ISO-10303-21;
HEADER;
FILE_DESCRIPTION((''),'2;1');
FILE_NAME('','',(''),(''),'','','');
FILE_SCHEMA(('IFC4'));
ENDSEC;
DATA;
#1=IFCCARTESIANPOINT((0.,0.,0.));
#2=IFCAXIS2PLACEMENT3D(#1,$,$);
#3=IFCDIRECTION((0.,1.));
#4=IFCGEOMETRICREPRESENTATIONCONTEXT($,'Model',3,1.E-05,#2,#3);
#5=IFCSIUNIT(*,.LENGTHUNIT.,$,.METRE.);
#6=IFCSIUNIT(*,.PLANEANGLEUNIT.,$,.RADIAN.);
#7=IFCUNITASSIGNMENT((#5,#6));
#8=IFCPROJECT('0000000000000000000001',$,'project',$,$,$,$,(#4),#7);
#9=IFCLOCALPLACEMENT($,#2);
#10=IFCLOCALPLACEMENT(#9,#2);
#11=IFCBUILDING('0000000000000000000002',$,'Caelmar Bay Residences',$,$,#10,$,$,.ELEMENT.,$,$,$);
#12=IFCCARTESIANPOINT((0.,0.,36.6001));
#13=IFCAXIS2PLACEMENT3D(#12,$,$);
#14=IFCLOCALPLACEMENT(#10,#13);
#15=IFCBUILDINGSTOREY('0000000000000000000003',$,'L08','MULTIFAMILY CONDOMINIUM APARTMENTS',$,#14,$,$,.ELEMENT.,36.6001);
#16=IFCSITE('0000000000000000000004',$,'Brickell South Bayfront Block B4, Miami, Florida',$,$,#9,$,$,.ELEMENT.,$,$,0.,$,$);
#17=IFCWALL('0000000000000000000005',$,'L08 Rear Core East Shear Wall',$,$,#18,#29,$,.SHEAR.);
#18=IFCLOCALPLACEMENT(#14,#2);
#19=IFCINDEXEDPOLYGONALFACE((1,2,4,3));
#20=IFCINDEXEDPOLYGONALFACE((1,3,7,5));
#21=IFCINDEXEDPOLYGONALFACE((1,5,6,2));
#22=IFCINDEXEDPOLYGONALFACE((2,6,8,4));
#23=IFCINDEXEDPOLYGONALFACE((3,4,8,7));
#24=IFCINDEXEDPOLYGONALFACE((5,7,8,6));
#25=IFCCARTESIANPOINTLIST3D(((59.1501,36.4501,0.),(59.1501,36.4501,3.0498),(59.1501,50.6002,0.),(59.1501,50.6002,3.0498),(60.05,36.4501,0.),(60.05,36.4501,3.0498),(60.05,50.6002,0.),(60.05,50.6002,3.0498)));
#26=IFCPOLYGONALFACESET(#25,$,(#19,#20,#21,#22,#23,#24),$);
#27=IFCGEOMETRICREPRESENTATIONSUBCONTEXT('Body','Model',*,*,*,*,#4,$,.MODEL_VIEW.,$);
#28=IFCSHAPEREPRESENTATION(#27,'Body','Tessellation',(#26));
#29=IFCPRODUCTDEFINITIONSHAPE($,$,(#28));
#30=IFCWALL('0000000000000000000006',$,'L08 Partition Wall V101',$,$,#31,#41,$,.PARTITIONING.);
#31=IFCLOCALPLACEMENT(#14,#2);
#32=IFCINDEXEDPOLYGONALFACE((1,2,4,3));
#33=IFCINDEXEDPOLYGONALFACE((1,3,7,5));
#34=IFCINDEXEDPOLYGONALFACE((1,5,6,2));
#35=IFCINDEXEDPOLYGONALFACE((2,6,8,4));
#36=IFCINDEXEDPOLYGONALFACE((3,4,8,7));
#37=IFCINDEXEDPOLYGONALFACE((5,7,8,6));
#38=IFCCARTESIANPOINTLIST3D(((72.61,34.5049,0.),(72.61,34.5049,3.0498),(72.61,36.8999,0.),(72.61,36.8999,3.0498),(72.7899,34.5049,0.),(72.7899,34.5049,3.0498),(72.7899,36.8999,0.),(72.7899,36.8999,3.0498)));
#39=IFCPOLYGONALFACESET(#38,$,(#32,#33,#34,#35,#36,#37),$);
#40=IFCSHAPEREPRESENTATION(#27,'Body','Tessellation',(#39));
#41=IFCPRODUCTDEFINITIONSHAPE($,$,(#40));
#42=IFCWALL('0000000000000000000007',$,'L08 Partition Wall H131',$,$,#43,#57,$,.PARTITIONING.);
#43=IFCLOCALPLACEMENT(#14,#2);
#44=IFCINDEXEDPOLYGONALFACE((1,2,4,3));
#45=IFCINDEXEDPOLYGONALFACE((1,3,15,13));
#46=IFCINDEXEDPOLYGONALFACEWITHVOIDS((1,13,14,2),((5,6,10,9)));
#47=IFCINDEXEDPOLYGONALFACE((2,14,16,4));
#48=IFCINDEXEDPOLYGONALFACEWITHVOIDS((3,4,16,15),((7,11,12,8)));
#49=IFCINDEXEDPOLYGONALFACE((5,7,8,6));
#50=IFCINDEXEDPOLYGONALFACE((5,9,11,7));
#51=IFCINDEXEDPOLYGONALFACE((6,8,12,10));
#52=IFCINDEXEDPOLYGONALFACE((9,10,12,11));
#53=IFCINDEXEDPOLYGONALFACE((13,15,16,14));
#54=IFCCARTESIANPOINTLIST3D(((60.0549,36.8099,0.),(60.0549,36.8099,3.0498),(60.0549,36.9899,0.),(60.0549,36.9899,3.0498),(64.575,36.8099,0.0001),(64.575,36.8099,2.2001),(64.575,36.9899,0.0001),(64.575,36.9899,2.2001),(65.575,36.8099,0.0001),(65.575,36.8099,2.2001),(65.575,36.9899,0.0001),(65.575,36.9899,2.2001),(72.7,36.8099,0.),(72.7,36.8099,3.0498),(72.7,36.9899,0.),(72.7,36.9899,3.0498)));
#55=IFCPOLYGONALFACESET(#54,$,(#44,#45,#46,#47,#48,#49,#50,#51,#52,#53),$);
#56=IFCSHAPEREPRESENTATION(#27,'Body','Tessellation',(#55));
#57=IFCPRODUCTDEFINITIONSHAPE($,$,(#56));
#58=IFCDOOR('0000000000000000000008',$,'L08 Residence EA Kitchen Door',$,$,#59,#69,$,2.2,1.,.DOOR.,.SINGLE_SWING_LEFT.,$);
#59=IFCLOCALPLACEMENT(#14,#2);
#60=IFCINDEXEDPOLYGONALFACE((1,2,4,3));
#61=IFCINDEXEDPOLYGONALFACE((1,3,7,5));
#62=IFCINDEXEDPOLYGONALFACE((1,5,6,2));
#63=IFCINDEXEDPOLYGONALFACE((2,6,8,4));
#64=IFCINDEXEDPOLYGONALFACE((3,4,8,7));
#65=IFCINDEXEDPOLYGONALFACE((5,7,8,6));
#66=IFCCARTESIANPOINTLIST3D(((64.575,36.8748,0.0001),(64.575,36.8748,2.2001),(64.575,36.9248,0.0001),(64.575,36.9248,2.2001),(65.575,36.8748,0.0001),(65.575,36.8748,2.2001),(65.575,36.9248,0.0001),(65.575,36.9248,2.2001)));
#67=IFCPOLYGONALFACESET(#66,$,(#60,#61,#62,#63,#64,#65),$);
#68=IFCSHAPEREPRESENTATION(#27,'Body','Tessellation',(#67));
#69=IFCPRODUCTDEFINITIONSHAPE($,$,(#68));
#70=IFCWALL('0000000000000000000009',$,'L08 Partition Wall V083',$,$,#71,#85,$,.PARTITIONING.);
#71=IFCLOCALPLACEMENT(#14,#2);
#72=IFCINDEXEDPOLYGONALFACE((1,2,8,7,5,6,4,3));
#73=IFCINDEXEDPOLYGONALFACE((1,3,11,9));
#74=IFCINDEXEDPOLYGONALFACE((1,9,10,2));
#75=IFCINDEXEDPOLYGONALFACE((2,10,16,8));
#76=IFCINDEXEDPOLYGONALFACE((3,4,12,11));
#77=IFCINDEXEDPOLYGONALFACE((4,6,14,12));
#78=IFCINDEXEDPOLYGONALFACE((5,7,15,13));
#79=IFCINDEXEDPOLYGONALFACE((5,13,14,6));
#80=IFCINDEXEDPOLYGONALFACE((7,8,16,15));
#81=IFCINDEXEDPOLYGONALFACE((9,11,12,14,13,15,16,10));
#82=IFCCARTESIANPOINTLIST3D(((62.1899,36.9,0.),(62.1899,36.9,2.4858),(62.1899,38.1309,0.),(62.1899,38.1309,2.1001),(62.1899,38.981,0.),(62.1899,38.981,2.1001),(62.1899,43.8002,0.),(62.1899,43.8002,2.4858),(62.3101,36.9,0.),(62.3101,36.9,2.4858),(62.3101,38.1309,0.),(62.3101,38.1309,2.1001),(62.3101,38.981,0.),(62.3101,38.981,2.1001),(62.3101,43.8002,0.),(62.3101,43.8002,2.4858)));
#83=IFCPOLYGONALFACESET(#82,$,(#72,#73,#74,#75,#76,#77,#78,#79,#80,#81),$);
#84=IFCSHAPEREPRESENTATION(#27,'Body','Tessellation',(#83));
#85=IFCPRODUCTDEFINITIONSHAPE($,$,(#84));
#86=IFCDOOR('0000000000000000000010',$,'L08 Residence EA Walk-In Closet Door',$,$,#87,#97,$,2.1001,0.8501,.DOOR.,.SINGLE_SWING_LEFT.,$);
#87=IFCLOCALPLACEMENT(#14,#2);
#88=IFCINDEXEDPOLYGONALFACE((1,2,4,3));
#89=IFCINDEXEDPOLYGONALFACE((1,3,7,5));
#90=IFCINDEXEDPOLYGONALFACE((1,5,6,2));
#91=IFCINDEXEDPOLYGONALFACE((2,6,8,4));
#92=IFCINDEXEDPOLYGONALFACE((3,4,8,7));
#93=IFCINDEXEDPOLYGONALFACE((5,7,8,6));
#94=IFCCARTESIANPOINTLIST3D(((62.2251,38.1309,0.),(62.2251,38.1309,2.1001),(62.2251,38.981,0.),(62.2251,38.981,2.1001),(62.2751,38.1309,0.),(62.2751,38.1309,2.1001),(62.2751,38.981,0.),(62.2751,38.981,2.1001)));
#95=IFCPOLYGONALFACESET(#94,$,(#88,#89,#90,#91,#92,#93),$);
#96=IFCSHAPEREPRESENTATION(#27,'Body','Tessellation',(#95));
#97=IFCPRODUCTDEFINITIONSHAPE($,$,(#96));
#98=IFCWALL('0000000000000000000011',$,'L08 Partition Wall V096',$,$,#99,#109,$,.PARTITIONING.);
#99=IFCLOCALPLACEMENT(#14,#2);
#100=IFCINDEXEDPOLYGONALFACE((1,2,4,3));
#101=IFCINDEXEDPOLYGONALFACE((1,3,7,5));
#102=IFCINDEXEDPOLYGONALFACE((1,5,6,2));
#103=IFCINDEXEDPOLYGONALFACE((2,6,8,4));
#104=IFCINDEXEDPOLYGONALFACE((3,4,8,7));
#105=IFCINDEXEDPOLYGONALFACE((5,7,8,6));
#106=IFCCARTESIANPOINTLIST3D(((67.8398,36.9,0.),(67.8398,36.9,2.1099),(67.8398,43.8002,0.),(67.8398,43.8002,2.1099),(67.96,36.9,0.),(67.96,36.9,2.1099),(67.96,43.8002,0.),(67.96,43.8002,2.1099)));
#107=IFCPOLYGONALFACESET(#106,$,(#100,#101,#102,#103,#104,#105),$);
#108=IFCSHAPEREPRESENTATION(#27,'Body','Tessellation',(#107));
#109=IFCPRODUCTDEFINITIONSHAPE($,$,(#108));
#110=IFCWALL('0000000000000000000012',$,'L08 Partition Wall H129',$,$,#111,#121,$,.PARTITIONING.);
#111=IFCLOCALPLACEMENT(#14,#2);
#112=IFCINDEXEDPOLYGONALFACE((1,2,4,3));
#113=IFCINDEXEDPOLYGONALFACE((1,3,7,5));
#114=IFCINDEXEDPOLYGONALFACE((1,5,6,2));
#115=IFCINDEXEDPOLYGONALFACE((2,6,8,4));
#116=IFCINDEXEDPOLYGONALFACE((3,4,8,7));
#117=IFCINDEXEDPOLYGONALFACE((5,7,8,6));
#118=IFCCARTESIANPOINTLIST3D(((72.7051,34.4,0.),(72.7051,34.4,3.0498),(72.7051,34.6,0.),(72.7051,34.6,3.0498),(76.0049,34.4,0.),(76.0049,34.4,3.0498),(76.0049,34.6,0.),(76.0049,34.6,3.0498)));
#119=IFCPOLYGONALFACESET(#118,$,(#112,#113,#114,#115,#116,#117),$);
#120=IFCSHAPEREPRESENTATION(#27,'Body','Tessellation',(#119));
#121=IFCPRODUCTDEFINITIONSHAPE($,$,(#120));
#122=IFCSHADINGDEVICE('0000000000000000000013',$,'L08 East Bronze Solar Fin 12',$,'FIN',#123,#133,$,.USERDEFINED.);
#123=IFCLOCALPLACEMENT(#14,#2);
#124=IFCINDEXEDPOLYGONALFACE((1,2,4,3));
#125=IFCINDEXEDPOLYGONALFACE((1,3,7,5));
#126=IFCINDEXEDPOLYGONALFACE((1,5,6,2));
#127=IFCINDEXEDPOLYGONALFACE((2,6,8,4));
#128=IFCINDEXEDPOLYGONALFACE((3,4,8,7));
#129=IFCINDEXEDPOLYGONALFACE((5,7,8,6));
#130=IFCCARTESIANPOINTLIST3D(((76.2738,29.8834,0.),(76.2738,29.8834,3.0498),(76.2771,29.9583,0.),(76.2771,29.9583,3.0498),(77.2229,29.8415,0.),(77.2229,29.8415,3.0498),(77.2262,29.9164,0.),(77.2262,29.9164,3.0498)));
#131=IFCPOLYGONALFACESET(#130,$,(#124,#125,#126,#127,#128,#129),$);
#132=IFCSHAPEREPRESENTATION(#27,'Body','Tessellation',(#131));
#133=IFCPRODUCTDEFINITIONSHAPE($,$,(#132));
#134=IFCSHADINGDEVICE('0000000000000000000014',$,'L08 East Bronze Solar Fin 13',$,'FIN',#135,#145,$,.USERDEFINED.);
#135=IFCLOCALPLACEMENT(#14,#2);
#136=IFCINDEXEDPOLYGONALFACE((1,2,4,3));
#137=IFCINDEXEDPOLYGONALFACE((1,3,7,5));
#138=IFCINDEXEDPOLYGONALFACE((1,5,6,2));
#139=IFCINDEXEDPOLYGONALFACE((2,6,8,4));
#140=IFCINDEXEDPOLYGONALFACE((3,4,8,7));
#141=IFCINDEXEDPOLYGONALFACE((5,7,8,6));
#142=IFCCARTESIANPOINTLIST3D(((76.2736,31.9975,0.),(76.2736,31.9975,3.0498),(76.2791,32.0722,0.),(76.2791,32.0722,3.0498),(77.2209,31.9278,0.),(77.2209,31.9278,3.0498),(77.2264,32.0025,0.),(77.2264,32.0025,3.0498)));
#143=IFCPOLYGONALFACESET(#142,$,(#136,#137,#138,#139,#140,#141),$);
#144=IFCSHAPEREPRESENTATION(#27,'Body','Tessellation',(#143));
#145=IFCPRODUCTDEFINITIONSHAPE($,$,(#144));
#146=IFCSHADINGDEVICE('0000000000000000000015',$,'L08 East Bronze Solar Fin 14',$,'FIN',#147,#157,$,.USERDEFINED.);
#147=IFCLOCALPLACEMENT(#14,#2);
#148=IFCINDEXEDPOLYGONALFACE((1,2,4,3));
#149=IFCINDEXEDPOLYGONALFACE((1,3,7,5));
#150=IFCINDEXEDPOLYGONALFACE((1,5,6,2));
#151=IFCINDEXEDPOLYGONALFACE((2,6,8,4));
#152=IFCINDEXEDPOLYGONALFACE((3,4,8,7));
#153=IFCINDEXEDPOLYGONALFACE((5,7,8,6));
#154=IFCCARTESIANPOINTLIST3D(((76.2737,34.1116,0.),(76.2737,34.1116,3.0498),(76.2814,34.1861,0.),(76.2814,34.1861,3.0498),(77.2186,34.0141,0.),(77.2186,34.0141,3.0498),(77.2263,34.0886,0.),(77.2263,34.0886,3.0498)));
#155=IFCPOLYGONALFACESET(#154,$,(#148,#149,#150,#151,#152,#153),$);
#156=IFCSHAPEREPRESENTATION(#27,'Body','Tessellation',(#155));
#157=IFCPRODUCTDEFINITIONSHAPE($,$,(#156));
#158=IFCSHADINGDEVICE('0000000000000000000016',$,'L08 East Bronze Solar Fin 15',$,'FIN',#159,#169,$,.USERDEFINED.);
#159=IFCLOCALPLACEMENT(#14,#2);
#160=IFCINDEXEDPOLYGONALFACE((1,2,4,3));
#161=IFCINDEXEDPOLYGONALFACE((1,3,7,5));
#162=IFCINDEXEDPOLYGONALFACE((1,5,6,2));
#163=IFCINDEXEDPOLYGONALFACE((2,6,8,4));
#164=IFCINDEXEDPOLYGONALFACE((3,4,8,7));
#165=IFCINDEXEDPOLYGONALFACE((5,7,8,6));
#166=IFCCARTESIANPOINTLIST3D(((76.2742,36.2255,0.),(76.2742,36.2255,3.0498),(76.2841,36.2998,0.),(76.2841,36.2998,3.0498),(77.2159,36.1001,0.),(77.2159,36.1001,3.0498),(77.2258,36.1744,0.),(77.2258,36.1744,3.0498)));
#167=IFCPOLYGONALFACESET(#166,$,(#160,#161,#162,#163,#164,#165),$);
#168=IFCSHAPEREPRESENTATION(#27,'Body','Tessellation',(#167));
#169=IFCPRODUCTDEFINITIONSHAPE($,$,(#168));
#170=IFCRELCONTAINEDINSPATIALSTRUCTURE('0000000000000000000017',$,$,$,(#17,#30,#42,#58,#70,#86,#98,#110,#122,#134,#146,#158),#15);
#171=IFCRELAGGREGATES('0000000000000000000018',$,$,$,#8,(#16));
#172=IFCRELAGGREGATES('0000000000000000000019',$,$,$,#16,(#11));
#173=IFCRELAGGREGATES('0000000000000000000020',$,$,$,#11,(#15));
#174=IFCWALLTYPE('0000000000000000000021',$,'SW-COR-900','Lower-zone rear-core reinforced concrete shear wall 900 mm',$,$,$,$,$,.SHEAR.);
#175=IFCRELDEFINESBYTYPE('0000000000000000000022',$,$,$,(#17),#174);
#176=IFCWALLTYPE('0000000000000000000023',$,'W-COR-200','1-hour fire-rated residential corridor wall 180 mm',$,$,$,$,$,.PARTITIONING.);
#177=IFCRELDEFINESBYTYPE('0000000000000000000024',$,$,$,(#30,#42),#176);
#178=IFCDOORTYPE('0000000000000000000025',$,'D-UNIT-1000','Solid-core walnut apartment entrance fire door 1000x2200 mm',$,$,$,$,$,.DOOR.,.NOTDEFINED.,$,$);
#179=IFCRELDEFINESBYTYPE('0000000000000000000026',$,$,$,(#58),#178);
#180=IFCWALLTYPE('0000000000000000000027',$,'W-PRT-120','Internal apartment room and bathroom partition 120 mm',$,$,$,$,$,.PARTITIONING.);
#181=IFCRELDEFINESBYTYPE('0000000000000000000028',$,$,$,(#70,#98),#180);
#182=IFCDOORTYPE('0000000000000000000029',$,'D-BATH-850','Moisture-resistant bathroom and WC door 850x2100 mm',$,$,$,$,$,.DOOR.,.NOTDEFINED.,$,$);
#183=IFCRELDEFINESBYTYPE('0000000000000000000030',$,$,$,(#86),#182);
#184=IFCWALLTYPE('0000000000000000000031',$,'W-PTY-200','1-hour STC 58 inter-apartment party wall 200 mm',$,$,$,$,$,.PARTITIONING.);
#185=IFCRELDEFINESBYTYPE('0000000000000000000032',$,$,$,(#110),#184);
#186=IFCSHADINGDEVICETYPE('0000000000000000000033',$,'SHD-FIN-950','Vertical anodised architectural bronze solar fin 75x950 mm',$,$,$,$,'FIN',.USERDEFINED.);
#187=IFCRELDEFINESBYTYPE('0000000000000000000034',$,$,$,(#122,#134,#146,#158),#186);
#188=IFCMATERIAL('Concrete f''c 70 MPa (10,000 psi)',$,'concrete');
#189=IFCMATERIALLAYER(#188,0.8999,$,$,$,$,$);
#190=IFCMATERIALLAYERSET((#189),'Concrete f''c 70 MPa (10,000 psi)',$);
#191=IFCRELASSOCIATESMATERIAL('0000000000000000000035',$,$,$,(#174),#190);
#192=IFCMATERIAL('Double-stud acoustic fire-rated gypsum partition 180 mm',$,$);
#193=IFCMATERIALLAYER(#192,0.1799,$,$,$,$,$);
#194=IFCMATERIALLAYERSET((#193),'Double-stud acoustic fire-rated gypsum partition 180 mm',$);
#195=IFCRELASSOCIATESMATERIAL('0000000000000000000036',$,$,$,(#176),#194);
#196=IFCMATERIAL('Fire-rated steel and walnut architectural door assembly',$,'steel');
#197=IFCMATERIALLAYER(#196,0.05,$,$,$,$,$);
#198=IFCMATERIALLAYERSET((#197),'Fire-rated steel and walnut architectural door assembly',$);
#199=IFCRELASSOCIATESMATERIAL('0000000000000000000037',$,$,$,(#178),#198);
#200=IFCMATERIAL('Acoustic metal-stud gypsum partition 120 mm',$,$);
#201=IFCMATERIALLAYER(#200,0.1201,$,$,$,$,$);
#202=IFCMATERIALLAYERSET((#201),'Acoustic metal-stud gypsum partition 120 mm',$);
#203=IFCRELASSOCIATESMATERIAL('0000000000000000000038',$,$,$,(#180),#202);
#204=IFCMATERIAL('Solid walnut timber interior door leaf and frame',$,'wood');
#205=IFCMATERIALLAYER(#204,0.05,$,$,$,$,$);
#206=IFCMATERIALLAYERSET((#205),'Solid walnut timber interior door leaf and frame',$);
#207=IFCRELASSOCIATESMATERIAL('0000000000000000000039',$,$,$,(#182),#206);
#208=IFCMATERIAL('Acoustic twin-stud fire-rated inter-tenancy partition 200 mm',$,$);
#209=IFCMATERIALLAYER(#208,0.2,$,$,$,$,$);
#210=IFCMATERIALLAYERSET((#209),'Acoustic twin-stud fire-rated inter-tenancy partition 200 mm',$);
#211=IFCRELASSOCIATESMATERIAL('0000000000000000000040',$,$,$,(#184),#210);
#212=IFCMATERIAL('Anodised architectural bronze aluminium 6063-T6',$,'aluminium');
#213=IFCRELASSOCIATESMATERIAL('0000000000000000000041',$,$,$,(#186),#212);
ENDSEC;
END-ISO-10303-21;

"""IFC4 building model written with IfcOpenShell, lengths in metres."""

from ifc_helpers import new_model, si_unit, direction, frame, frame_2d, origin, origin_2d, place, context, subcontext, project, spatial, rectangle, extrude, material, layer, layer_set, material_profile, profile_set, type_object, element, fill, save


model = new_model("IFC4")

# Units and contexts
model_context = context("Model", 3, precision=1e-05, world=origin(), true_north=direction((0.0, 1.0)))
body_context = subcontext(model_context, "Body", "Model", "MODEL_VIEW")
ifc_project = project(units=[si_unit("LENGTHUNIT", "METRE"), si_unit("PLANEANGLEUNIT", "RADIAN")], contexts=[model_context])

# Site, building, storey
site_placement = place(None, origin())
site = spatial("IfcSite", under=ifc_project, at=site_placement, Name="Brickell South Bayfront Block B4, Miami, Florida", CompositionType="ELEMENT", RefElevation=0.0)
building_placement = place(site_placement, origin())
building = spatial("IfcBuilding", under=site, at=building_placement, Name="Caelmar Bay Residences", CompositionType="ELEMENT")
storey_placement = place(building_placement, frame((0.0, 0.0, 36.6001)))
storey = spatial("IfcBuildingStorey", under=building, at=storey_placement, Name="L08", Description="MULTIFAMILY CONDOMINIUM APARTMENTS", CompositionType="ELEMENT", Elevation=36.6001)

# Walls
ifc_material_1 = material(Name="Concrete f'c 70 MPa (10,000 psi)", Category="concrete")
ifc_layer_1 = layer(ifc_material_1, 0.8999)
ifc_layer_set_1 = layer_set([ifc_layer_1], Name="Concrete f'c 70 MPa (10,000 psi)")
wall_type_1 = type_object("IfcWallType", Name="SW-COR-900", Description="Lower-zone rear-core reinforced concrete shear wall 900 mm", PredefinedType="SHEAR", material=ifc_layer_set_1)
wall_1_placement = place(storey_placement, frame((59.6001, 36.45, 0.0), z_axis=(0.0, 0.0, 1.0), x_axis=(0.0, 1.0, 0.0)))
element("IfcWall", 1, at=wall_1_placement, inside=storey, type_object=wall_type_1, Name="L08 Rear Core East Shear Wall", PredefinedType="SHEAR", context=body_context, shape_type="SweptSolid", body=[
    extrude(rectangle(XDim=14.1501, YDim=0.8999, at=frame_2d((7.0752, 0.0))), origin(), (0.0, 0.0, 1.0), 3.0498),
])
ifc_material_2 = material(Name="Double-stud acoustic fire-rated gypsum partition 180 mm")
ifc_layer_2 = layer(ifc_material_2, 0.1799)
ifc_layer_set_2 = layer_set([ifc_layer_2], Name="Double-stud acoustic fire-rated gypsum partition 180 mm")
wall_type_2 = type_object("IfcWallType", Name="W-COR-200", Description="1-hour fire-rated residential corridor wall 180 mm", PredefinedType="PARTITIONING", material=ifc_layer_set_2)
wall_2_placement = place(storey_placement, frame((72.7, 34.5049, 0.0), z_axis=(0.0, 0.0, 1.0), x_axis=(0.0, 1.0, 0.0)))
element("IfcWall", 2, at=wall_2_placement, inside=storey, type_object=wall_type_2, Name="L08 Partition Wall V101", PredefinedType="PARTITIONING", context=body_context, shape_type="SweptSolid", body=[
    extrude(rectangle(XDim=2.395, YDim=0.1799, at=frame_2d((1.1975, 0.0))), origin(), (0.0, 0.0, 1.0), 3.0498),
])

# Walls, openings, doors
wall_3_placement = place(storey_placement, frame((60.0549, 36.8999, 0.0), z_axis=(0.0, 0.0, 1.0), x_axis=(1.0, 0.0, 0.0)))
wall_3 = element("IfcWall", 3, at=wall_3_placement, inside=storey, type_object=wall_type_2, Name="L08 Partition Wall H131", PredefinedType="PARTITIONING", context=body_context, shape_type="SweptSolid", body=[
    extrude(rectangle(XDim=12.645, YDim=0.1799, at=frame_2d((6.3225, 0.0))), origin(), (0.0, 0.0, 1.0), 3.0498),
])
opening_1_placement = place(wall_3_placement, frame((4.52, 0.0, 0.0)))
opening_1 = element("IfcOpeningElement", 4, at=opening_1_placement, cuts=wall_3, PredefinedType="OPENING", context=body_context, shape_type="SweptSolid", body=[
    extrude(rectangle(XDim=1.0, YDim=2.2, at=frame_2d((0.5, 1.1001))), frame((0.0, 0.0999, 0.0), z_axis=(0.0, -1.0, 0.0), x_axis=(1.0, 0.0, 0.0)), (0.0, 0.0, 1.0), 0.2),
])
ifc_material_3 = material(Name="Fire-rated steel and walnut architectural door assembly", Category="steel")
ifc_layer_3 = layer(ifc_material_3, 0.05)
ifc_layer_set_3 = layer_set([ifc_layer_3], Name="Fire-rated steel and walnut architectural door assembly")
door_type_1 = type_object("IfcDoorType", Name="D-UNIT-1000", Description="Solid-core walnut apartment entrance fire door 1000x2200 mm", OperationType="NOTDEFINED", PredefinedType="DOOR", material=ifc_layer_set_3)
door_1_placement = place(opening_1_placement, origin())
door_1 = element("IfcDoor", 5, at=door_1_placement, inside=storey, type_object=door_type_1, Name="L08 Residence EA Kitchen Door", OperationType="SINGLE_SWING_LEFT", OverallHeight=2.2, OverallWidth=1.0, PredefinedType="DOOR", context=body_context, shape_type="SweptSolid", body=[
    extrude(rectangle(XDim=1.0, YDim=2.2, at=frame_2d((0.5, 1.1001))), frame((0.0, 0.0249, 0.0), z_axis=(0.0, -1.0, 0.0), x_axis=(1.0, 0.0, 0.0)), (0.0, 0.0, 1.0), 0.05),
])
fill(opening_1, door_1)
ifc_material_4 = material(Name="Acoustic metal-stud gypsum partition 120 mm")
ifc_layer_4 = layer(ifc_material_4, 0.1201)
ifc_layer_set_4 = layer_set([ifc_layer_4], Name="Acoustic metal-stud gypsum partition 120 mm")
wall_type_3 = type_object("IfcWallType", Name="W-PRT-120", Description="Internal apartment room and bathroom partition 120 mm", PredefinedType="PARTITIONING", material=ifc_layer_set_4)
wall_4_placement = place(storey_placement, frame((62.25, 36.8999, 0.0), z_axis=(0.0, 0.0, 1.0), x_axis=(0.0, 1.0, 0.0)))
wall_4 = element("IfcWall", 6, at=wall_4_placement, inside=storey, type_object=wall_type_3, Name="L08 Partition Wall V083", PredefinedType="PARTITIONING", context=body_context, shape_type="SweptSolid", body=[
    extrude(rectangle(XDim=6.9001, YDim=0.1201, at=frame_2d((3.4502, 0.0))), origin(), (0.0, 0.0, 1.0), 2.4858),
])
opening_2_placement = place(wall_4_placement, frame((1.231, 0.0, 0.0)))
opening_2 = element("IfcOpeningElement", 7, at=opening_2_placement, cuts=wall_4, PredefinedType="OPENING", context=body_context, shape_type="SweptSolid", body=[
    extrude(rectangle(XDim=0.8501, YDim=2.1001, at=frame_2d((0.425, 1.05))), frame((0.0, 0.0701, 0.0), z_axis=(0.0, -1.0, 0.0), x_axis=(1.0, 0.0, 0.0)), (0.0, 0.0, 1.0), 0.1401),
])
ifc_material_5 = material(Name="Solid walnut timber interior door leaf and frame", Category="wood")
ifc_layer_5 = layer(ifc_material_5, 0.05)
ifc_layer_set_5 = layer_set([ifc_layer_5], Name="Solid walnut timber interior door leaf and frame")
door_type_2 = type_object("IfcDoorType", Name="D-BATH-850", Description="Moisture-resistant bathroom and WC door 850x2100 mm", OperationType="NOTDEFINED", PredefinedType="DOOR", material=ifc_layer_set_5)
door_2_placement = place(opening_2_placement, origin())
door_2 = element("IfcDoor", 8, at=door_2_placement, inside=storey, type_object=door_type_2, Name="L08 Residence EA Walk-In Closet Door", OperationType="SINGLE_SWING_LEFT", OverallHeight=2.1001, OverallWidth=0.8501, PredefinedType="DOOR", context=body_context, shape_type="SweptSolid", body=[
    extrude(rectangle(XDim=0.8501, YDim=2.1001, at=frame_2d((0.425, 1.05))), frame((0.0, 0.0249, 0.0), z_axis=(0.0, -1.0, 0.0), x_axis=(1.0, 0.0, 0.0)), (0.0, 0.0, 1.0), 0.05),
])
fill(opening_2, door_2)

# Walls
wall_5_placement = place(storey_placement, frame((67.8999, 36.8999, 0.0), z_axis=(0.0, 0.0, 1.0), x_axis=(0.0, 1.0, 0.0)))
element("IfcWall", 9, at=wall_5_placement, inside=storey, type_object=wall_type_3, Name="L08 Partition Wall V096", PredefinedType="PARTITIONING", context=body_context, shape_type="SweptSolid", body=[
    extrude(rectangle(XDim=6.9001, YDim=0.1201, at=frame_2d((3.4502, 0.0))), origin(), (0.0, 0.0, 1.0), 2.1099),
])
ifc_material_6 = material(Name="Acoustic twin-stud fire-rated inter-tenancy partition 200 mm")
ifc_layer_6 = layer(ifc_material_6, 0.2)
ifc_layer_set_6 = layer_set([ifc_layer_6], Name="Acoustic twin-stud fire-rated inter-tenancy partition 200 mm")
wall_type_4 = type_object("IfcWallType", Name="W-PTY-200", Description="1-hour STC 58 inter-apartment party wall 200 mm", PredefinedType="PARTITIONING", material=ifc_layer_set_6)
wall_6_placement = place(storey_placement, frame((72.7051, 34.5, 0.0), z_axis=(0.0, 0.0, 1.0), x_axis=(1.0, 0.0, 0.0)))
element("IfcWall", 10, at=wall_6_placement, inside=storey, type_object=wall_type_4, Name="L08 Partition Wall H129", PredefinedType="PARTITIONING", context=body_context, shape_type="SweptSolid", body=[
    extrude(rectangle(XDim=3.2998, YDim=0.2, at=frame_2d((1.6499, 0.0))), origin(), (0.0, 0.0, 1.0), 3.0498),
])

# Shading devices
ifc_material_7 = material(Name="Anodised architectural bronze aluminium 6063-T6", Category="aluminium")
ifc_material_profile_1 = material_profile(ifc_material_7, rectangle(XDim=0.075, YDim=0.95, at=origin_2d()), Name="BRONZE-FIN-75X950")
ifc_profile_set_1 = profile_set([ifc_material_profile_1], Name="Anodised architectural bronze aluminium 6063-T6")
shading_device_type = type_object("IfcShadingDeviceType", Name="SHD-FIN-950", Description="Vertical anodised architectural bronze solar fin 75x950 mm", ElementType="FIN", PredefinedType="USERDEFINED", material=ifc_profile_set_1)
for number, where, z_axis, x_axis, name in (
    (11, (76.75, 29.8999, 0.0), (0.0, 0.0, 1.0), (0.044142, 0.999025, 0.0), "L08 East Bronze Solar Fin 12"),
    (12, (76.75, 32.0, 0.0), (0.0, 0.0, 1.0), (0.073412, 0.997302, 0.0), "L08 East Bronze Solar Fin 13"),
    (13, (76.75, 34.1001, 0.0), (0.0, 0.0, 1.0), (0.102619, 0.994721, 0.0), "L08 East Bronze Solar Fin 14"),
    (14, (76.75, 36.2, 0.0), (0.0, 0.0, 1.0), (0.13191, 0.991262, 0.0), "L08 East Bronze Solar Fin 15"),
):
    element("IfcShadingDevice", number, at=place(storey_placement, frame(where, z_axis=z_axis, x_axis=x_axis)), inside=storey, type_object=shading_device_type, Name=name, ObjectType="FIN", PredefinedType="USERDEFINED", context=body_context, shape_type="SweptSolid", body=[
        extrude(rectangle(XDim=0.075, YDim=0.95, at=origin_2d()), origin(), (0.0, 0.0, 1.0), 3.0498),
    ])

save(model, "model.ifc")
